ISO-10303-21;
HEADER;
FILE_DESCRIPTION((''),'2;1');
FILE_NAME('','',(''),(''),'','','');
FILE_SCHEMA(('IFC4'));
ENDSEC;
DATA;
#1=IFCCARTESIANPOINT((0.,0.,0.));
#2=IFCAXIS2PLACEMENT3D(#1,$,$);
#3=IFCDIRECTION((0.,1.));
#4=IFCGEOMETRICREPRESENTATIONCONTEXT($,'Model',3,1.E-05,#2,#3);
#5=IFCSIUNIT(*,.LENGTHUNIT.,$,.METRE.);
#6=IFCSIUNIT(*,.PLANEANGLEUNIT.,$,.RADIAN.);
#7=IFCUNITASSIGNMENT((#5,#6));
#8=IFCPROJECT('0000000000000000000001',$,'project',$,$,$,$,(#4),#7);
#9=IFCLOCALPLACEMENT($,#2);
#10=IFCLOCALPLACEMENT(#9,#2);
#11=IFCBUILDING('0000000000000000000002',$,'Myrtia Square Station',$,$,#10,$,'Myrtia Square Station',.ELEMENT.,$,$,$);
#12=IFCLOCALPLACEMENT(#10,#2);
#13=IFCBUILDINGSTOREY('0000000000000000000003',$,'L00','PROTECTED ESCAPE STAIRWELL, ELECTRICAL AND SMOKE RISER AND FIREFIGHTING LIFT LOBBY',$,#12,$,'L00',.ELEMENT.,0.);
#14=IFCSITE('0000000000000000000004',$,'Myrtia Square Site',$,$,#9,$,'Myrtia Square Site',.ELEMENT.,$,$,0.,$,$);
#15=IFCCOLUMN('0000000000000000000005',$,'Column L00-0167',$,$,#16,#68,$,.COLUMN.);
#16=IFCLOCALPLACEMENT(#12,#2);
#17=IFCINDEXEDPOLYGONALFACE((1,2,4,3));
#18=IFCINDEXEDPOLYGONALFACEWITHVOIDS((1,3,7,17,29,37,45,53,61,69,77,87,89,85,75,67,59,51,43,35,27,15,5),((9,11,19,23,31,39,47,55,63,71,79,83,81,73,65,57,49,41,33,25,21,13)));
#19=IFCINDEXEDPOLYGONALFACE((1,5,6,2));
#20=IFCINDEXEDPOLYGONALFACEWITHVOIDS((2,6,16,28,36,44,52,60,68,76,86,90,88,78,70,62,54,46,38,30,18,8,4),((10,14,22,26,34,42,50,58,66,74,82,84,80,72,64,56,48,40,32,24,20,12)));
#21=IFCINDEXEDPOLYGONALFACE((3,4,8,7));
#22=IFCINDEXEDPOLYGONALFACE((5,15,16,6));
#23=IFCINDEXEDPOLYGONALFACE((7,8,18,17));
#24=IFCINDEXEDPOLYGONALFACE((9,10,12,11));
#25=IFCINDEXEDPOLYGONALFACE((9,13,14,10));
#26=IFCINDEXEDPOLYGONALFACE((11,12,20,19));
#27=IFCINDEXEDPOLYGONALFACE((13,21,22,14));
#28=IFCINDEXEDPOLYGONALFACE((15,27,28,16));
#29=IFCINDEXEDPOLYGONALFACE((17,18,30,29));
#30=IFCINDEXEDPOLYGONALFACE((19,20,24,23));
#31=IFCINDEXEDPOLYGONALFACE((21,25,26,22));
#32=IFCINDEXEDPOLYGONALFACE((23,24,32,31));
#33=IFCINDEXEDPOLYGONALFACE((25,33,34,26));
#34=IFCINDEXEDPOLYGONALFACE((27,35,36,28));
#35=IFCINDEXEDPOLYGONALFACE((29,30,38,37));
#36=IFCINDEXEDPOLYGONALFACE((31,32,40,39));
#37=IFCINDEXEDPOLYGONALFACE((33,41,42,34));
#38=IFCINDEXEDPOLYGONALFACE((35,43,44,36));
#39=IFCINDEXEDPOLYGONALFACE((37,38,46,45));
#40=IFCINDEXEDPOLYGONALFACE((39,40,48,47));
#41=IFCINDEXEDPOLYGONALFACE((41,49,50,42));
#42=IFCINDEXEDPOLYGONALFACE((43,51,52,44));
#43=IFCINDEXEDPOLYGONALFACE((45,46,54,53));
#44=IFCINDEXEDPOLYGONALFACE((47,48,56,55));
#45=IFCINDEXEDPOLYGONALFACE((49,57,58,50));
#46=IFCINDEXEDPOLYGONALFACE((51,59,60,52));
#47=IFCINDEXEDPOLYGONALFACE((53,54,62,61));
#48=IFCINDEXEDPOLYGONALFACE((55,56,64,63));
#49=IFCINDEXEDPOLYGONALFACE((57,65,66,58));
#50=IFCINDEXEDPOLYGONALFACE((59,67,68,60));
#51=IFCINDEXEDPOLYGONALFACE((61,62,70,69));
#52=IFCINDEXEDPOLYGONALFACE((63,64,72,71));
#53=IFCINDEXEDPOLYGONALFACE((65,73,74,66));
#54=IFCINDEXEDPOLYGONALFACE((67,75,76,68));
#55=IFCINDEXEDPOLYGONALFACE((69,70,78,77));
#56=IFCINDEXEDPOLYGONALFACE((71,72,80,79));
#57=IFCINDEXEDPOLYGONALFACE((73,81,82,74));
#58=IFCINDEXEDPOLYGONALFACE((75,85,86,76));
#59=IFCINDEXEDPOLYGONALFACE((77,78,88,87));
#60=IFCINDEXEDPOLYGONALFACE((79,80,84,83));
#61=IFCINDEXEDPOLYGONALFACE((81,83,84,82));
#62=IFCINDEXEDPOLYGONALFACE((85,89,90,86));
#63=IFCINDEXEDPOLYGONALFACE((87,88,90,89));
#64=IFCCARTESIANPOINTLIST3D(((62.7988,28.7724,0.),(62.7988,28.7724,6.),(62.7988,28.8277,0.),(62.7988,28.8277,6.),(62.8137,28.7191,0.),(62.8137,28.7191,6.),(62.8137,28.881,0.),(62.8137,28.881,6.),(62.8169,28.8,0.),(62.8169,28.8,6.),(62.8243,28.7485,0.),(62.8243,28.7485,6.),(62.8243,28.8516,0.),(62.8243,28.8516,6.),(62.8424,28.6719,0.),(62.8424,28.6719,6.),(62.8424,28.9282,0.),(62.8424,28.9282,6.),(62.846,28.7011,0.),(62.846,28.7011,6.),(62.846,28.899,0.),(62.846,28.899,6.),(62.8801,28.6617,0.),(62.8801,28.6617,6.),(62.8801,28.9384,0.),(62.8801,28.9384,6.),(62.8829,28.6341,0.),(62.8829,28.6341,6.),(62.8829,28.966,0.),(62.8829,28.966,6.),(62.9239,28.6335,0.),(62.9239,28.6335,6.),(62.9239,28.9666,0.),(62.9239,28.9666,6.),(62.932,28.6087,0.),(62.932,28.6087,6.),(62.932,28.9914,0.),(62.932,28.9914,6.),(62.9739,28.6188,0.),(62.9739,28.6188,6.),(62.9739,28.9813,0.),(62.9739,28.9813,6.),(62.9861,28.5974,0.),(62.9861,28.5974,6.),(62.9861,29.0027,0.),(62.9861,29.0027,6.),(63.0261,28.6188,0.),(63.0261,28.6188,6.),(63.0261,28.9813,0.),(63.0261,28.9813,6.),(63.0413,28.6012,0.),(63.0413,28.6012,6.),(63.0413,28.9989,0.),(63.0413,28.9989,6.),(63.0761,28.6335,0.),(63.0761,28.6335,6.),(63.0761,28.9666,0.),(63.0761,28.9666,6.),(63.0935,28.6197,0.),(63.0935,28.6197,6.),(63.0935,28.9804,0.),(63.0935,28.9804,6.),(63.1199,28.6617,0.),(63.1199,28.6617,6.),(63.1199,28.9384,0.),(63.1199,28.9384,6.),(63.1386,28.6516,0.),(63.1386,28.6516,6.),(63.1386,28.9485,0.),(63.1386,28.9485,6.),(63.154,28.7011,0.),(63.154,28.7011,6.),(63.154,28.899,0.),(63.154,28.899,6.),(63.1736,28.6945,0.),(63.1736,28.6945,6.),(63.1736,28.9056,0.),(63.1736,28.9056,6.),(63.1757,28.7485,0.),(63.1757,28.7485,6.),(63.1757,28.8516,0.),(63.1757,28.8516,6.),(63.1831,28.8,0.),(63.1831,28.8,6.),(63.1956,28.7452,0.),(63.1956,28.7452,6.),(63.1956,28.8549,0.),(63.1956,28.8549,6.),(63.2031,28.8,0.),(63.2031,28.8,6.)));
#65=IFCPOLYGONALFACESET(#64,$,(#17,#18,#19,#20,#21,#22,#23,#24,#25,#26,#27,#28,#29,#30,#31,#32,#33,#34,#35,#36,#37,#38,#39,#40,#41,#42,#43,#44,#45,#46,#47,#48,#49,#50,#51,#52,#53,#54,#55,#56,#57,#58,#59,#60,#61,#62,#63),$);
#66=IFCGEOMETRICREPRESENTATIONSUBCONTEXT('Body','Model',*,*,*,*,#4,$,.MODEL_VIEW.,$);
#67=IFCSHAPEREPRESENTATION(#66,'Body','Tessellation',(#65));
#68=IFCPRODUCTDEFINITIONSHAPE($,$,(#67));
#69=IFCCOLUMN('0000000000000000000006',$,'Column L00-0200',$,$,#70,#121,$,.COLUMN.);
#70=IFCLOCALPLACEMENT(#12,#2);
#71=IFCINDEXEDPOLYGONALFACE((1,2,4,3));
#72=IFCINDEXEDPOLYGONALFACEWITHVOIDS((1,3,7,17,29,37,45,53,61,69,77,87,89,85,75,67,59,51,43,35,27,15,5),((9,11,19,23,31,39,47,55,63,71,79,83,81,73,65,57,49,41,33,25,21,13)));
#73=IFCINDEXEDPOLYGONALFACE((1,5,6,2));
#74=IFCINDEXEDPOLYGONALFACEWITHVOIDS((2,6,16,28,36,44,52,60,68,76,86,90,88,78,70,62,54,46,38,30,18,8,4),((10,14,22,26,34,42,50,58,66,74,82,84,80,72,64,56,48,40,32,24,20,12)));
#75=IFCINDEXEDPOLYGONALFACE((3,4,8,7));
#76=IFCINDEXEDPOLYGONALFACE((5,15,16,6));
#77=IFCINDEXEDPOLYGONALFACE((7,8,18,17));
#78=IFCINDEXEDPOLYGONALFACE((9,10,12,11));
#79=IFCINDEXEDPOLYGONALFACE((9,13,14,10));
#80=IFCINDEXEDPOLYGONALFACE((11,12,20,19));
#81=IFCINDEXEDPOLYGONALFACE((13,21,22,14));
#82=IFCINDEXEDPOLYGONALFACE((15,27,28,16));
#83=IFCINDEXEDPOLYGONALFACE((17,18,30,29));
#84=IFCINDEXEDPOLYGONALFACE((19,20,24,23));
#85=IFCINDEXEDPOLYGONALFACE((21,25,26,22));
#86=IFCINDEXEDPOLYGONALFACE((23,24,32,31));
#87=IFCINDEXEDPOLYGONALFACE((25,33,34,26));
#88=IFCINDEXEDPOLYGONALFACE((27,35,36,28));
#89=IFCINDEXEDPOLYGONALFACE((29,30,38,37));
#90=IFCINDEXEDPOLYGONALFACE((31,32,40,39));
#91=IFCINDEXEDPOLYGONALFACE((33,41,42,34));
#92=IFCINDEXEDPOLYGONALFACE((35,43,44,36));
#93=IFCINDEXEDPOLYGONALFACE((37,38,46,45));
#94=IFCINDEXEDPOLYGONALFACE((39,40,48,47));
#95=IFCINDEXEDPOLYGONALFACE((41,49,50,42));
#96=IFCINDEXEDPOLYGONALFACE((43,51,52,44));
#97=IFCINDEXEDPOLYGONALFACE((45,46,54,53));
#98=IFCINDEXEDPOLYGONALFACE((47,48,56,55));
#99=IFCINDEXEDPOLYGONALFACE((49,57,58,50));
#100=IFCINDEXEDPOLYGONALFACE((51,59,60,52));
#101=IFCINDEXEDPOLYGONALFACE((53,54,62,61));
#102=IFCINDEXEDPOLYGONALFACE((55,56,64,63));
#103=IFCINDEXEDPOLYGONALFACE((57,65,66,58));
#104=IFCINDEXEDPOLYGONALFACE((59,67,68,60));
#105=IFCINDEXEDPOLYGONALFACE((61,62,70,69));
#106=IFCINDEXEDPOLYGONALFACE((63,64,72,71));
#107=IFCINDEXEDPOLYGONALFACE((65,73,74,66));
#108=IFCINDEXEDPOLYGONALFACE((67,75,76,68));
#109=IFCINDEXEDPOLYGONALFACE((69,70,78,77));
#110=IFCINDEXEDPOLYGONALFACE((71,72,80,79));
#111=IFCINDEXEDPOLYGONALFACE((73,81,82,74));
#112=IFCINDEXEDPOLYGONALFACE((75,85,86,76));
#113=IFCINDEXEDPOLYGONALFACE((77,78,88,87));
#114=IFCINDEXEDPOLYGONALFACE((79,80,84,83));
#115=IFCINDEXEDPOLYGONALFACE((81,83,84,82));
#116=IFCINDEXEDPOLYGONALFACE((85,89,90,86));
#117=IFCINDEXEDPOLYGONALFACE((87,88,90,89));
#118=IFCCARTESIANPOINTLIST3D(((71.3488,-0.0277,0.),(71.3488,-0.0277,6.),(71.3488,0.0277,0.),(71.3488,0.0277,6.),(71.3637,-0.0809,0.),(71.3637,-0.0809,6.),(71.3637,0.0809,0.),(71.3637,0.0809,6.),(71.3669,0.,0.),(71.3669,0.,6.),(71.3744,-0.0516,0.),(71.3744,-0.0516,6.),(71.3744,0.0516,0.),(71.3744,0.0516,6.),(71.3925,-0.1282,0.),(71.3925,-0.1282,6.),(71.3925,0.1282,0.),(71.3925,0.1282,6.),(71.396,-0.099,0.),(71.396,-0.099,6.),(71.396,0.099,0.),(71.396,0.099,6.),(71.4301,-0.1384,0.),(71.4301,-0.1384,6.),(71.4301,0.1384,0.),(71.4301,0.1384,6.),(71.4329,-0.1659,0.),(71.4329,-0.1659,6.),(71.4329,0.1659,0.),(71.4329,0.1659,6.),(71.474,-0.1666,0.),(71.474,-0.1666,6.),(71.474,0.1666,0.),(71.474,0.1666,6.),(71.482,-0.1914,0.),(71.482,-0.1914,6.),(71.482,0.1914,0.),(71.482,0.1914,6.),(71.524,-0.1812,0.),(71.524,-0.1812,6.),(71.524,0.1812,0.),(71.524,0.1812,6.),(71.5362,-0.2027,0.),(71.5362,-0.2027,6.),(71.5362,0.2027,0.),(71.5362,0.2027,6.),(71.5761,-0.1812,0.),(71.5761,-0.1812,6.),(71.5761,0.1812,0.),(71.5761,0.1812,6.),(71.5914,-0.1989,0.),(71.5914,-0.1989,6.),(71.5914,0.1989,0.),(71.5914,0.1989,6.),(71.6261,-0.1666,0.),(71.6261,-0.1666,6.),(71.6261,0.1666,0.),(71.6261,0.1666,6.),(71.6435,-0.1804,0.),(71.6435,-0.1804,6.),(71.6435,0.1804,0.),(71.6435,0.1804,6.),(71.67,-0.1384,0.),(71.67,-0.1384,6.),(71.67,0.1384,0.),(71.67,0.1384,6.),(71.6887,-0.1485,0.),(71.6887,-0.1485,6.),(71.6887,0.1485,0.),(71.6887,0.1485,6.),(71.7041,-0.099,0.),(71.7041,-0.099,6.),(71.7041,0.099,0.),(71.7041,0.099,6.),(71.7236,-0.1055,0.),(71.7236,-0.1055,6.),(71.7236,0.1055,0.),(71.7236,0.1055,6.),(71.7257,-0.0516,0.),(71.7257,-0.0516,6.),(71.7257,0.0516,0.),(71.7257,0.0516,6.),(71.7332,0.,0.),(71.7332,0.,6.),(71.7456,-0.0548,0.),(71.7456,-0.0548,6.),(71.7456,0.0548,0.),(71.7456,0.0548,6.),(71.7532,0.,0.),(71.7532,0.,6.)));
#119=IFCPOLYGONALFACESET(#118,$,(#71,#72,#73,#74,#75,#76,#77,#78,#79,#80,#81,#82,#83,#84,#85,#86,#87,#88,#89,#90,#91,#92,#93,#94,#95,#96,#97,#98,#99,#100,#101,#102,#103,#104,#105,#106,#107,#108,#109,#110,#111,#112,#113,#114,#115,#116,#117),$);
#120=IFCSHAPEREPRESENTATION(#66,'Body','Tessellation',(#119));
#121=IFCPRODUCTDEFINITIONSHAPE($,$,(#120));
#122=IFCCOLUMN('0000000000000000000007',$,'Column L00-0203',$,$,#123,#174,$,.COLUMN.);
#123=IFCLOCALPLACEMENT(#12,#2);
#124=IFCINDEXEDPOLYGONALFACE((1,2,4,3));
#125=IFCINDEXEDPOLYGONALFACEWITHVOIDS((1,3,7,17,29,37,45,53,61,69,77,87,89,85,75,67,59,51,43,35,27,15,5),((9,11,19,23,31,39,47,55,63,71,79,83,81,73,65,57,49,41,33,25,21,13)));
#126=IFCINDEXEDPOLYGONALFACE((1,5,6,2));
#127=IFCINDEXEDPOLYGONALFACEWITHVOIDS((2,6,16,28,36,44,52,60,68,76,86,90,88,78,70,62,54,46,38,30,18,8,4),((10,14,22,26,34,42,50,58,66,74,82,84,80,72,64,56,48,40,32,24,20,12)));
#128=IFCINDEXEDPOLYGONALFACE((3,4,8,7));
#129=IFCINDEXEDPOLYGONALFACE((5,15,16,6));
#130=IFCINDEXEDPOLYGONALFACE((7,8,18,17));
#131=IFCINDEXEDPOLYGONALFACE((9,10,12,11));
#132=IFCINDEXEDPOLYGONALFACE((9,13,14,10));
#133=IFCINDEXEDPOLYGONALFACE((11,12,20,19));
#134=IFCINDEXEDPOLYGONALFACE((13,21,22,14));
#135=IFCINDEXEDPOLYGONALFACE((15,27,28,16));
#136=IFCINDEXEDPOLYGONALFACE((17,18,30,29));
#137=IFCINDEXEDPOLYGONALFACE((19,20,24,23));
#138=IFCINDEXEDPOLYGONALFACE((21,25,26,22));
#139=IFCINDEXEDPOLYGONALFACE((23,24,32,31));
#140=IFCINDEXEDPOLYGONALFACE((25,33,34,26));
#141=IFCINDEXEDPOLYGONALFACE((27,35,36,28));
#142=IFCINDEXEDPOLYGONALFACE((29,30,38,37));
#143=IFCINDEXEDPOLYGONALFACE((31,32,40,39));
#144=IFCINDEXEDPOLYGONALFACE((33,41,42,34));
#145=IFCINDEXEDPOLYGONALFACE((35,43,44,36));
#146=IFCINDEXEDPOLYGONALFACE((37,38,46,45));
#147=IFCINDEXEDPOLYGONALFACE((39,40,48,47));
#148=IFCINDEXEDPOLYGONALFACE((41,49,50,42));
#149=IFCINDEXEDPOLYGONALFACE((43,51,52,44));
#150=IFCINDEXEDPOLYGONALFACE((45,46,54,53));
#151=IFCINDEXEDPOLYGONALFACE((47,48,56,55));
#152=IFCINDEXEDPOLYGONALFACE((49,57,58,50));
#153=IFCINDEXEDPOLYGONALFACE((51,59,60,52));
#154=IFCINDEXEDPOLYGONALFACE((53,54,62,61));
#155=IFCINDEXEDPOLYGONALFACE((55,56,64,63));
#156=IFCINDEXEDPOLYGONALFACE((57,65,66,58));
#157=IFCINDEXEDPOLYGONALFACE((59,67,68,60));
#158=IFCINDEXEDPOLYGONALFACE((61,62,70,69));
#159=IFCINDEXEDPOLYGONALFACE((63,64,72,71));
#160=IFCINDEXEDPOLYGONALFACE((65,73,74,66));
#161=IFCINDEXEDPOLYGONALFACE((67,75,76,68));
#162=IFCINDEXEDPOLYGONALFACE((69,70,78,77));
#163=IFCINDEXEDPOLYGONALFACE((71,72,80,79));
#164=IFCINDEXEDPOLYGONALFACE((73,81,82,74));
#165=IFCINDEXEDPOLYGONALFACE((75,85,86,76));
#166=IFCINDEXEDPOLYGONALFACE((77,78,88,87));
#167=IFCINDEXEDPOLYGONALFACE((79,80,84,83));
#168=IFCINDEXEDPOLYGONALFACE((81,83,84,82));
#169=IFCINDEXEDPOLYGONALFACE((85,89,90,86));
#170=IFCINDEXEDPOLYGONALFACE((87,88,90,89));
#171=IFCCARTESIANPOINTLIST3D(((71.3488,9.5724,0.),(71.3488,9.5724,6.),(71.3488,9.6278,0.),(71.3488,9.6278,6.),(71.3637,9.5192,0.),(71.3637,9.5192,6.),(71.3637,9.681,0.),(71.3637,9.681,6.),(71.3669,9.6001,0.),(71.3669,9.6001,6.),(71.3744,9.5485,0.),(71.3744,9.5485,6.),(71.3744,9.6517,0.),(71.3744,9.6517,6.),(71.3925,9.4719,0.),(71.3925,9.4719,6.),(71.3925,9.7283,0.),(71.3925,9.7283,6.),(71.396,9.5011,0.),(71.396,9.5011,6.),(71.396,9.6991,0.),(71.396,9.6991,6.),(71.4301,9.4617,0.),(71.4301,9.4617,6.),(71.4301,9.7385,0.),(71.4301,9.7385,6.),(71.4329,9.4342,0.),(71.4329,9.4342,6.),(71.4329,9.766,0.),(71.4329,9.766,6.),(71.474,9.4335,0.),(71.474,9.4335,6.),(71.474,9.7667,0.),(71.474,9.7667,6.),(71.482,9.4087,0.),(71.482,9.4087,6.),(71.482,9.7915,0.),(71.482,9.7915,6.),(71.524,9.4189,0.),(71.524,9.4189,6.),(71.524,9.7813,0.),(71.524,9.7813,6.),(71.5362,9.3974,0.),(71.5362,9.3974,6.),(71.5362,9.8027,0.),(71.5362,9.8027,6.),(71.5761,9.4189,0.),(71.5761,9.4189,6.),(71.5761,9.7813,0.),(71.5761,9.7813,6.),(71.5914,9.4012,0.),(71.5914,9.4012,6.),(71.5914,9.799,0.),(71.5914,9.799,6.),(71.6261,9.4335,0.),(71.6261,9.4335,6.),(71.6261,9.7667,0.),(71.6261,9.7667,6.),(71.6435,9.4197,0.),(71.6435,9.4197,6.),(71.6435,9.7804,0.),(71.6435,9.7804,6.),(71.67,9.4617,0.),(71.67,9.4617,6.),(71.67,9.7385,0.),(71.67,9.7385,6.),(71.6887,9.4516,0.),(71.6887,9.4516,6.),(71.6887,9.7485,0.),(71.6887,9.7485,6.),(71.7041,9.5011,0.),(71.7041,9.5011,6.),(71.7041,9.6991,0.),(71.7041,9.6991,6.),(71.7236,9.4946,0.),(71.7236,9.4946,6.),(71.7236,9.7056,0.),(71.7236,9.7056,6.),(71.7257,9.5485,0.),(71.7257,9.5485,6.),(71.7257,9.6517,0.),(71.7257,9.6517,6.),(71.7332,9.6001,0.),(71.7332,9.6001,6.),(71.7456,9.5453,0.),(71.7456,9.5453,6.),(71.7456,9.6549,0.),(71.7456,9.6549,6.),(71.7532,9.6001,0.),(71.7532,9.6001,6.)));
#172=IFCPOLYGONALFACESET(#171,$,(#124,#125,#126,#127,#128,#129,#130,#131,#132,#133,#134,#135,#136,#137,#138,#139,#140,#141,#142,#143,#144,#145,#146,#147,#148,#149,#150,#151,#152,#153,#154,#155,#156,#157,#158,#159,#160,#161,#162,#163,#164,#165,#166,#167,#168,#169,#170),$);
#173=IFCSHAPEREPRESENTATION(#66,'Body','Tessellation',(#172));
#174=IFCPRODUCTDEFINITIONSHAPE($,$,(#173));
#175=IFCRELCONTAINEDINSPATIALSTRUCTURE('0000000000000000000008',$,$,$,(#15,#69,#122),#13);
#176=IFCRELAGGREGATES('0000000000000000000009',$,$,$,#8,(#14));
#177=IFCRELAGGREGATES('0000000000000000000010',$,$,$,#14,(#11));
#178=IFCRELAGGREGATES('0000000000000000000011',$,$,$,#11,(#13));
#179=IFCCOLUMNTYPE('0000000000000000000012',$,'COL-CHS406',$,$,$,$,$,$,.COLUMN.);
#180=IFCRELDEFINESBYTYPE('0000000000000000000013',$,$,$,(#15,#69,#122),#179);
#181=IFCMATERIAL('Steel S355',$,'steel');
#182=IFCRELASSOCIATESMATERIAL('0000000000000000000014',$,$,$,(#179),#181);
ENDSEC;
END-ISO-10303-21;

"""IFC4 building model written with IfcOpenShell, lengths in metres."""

from ifc_helpers import new_model, si_unit, direction, frame, origin, origin_2d, place, context, subcontext, project, spatial, hollow_circle, extrude, material, material_profile, profile_set, type_object, element, save


model = new_model("IFC4")

# Units and contexts
model_context = context("Model", 3, precision=1e-05, world=origin(), true_north=direction((0.0, 1.0)))
body_context = subcontext(model_context, "Body", "Model", "MODEL_VIEW")
ifc_project = project(units=[si_unit("LENGTHUNIT", "METRE"), si_unit("PLANEANGLEUNIT", "RADIAN")], contexts=[model_context])

# Site, building, storey
site_placement = place(None, origin())
site = spatial("IfcSite", under=ifc_project, at=site_placement, Name="Myrtia Square Site", LongName="Myrtia Square Site", CompositionType="ELEMENT", RefElevation=0.0)
building_placement = place(site_placement, origin())
building = spatial("IfcBuilding", under=site, at=building_placement, Name="Myrtia Square Station", LongName="Myrtia Square Station", CompositionType="ELEMENT")
storey_placement = place(building_placement, origin())
storey = spatial("IfcBuildingStorey", under=building, at=storey_placement, Name="L00", Description="PROTECTED ESCAPE STAIRWELL, ELECTRICAL AND SMOKE RISER AND FIREFIGHTING LIFT LOBBY", LongName="L00", CompositionType="ELEMENT", Elevation=0.0)

# Columns
ifc_material_1 = material(Name="Steel S355", Category="steel")
ifc_material_profile_1 = material_profile(ifc_material_1, hollow_circle(Radius=0.2031, WallThickness=0.02, at=origin_2d()), Name="CHS 406.4x20")
ifc_profile_set_1 = profile_set([ifc_material_profile_1], Name="Steel S355")
column_type = type_object("IfcColumnType", Name="COL-CHS406", PredefinedType="COLUMN", material=ifc_profile_set_1)
for number, where, z_axis, x_axis, name in (
    (1, (63.0, 28.8, 0.0), (0.0, 0.0, 1.0), (1.0, 0.0, 0.0), "Column L00-0167"),
    (2, (71.55, 0.0, 0.0), (0.0, 0.0, 1.0), (1.0, 0.0, 0.0), "Column L00-0200"),
    (3, (71.55, 9.6001, 0.0), (0.0, 0.0, 1.0), (1.0, 0.0, 0.0), "Column L00-0203"),
):
    element("IfcColumn", number, at=place(storey_placement, frame(where, z_axis=z_axis, x_axis=x_axis)), inside=storey, type_object=column_type, Name=name, PredefinedType="COLUMN", context=body_context, shape_type="SweptSolid", body=[
        extrude(hollow_circle(Radius=0.2031, WallThickness=0.02, at=origin_2d()), origin(), (0.0, 0.0, 1.0), 6.0),
    ])

save(model, "model.ifc")
